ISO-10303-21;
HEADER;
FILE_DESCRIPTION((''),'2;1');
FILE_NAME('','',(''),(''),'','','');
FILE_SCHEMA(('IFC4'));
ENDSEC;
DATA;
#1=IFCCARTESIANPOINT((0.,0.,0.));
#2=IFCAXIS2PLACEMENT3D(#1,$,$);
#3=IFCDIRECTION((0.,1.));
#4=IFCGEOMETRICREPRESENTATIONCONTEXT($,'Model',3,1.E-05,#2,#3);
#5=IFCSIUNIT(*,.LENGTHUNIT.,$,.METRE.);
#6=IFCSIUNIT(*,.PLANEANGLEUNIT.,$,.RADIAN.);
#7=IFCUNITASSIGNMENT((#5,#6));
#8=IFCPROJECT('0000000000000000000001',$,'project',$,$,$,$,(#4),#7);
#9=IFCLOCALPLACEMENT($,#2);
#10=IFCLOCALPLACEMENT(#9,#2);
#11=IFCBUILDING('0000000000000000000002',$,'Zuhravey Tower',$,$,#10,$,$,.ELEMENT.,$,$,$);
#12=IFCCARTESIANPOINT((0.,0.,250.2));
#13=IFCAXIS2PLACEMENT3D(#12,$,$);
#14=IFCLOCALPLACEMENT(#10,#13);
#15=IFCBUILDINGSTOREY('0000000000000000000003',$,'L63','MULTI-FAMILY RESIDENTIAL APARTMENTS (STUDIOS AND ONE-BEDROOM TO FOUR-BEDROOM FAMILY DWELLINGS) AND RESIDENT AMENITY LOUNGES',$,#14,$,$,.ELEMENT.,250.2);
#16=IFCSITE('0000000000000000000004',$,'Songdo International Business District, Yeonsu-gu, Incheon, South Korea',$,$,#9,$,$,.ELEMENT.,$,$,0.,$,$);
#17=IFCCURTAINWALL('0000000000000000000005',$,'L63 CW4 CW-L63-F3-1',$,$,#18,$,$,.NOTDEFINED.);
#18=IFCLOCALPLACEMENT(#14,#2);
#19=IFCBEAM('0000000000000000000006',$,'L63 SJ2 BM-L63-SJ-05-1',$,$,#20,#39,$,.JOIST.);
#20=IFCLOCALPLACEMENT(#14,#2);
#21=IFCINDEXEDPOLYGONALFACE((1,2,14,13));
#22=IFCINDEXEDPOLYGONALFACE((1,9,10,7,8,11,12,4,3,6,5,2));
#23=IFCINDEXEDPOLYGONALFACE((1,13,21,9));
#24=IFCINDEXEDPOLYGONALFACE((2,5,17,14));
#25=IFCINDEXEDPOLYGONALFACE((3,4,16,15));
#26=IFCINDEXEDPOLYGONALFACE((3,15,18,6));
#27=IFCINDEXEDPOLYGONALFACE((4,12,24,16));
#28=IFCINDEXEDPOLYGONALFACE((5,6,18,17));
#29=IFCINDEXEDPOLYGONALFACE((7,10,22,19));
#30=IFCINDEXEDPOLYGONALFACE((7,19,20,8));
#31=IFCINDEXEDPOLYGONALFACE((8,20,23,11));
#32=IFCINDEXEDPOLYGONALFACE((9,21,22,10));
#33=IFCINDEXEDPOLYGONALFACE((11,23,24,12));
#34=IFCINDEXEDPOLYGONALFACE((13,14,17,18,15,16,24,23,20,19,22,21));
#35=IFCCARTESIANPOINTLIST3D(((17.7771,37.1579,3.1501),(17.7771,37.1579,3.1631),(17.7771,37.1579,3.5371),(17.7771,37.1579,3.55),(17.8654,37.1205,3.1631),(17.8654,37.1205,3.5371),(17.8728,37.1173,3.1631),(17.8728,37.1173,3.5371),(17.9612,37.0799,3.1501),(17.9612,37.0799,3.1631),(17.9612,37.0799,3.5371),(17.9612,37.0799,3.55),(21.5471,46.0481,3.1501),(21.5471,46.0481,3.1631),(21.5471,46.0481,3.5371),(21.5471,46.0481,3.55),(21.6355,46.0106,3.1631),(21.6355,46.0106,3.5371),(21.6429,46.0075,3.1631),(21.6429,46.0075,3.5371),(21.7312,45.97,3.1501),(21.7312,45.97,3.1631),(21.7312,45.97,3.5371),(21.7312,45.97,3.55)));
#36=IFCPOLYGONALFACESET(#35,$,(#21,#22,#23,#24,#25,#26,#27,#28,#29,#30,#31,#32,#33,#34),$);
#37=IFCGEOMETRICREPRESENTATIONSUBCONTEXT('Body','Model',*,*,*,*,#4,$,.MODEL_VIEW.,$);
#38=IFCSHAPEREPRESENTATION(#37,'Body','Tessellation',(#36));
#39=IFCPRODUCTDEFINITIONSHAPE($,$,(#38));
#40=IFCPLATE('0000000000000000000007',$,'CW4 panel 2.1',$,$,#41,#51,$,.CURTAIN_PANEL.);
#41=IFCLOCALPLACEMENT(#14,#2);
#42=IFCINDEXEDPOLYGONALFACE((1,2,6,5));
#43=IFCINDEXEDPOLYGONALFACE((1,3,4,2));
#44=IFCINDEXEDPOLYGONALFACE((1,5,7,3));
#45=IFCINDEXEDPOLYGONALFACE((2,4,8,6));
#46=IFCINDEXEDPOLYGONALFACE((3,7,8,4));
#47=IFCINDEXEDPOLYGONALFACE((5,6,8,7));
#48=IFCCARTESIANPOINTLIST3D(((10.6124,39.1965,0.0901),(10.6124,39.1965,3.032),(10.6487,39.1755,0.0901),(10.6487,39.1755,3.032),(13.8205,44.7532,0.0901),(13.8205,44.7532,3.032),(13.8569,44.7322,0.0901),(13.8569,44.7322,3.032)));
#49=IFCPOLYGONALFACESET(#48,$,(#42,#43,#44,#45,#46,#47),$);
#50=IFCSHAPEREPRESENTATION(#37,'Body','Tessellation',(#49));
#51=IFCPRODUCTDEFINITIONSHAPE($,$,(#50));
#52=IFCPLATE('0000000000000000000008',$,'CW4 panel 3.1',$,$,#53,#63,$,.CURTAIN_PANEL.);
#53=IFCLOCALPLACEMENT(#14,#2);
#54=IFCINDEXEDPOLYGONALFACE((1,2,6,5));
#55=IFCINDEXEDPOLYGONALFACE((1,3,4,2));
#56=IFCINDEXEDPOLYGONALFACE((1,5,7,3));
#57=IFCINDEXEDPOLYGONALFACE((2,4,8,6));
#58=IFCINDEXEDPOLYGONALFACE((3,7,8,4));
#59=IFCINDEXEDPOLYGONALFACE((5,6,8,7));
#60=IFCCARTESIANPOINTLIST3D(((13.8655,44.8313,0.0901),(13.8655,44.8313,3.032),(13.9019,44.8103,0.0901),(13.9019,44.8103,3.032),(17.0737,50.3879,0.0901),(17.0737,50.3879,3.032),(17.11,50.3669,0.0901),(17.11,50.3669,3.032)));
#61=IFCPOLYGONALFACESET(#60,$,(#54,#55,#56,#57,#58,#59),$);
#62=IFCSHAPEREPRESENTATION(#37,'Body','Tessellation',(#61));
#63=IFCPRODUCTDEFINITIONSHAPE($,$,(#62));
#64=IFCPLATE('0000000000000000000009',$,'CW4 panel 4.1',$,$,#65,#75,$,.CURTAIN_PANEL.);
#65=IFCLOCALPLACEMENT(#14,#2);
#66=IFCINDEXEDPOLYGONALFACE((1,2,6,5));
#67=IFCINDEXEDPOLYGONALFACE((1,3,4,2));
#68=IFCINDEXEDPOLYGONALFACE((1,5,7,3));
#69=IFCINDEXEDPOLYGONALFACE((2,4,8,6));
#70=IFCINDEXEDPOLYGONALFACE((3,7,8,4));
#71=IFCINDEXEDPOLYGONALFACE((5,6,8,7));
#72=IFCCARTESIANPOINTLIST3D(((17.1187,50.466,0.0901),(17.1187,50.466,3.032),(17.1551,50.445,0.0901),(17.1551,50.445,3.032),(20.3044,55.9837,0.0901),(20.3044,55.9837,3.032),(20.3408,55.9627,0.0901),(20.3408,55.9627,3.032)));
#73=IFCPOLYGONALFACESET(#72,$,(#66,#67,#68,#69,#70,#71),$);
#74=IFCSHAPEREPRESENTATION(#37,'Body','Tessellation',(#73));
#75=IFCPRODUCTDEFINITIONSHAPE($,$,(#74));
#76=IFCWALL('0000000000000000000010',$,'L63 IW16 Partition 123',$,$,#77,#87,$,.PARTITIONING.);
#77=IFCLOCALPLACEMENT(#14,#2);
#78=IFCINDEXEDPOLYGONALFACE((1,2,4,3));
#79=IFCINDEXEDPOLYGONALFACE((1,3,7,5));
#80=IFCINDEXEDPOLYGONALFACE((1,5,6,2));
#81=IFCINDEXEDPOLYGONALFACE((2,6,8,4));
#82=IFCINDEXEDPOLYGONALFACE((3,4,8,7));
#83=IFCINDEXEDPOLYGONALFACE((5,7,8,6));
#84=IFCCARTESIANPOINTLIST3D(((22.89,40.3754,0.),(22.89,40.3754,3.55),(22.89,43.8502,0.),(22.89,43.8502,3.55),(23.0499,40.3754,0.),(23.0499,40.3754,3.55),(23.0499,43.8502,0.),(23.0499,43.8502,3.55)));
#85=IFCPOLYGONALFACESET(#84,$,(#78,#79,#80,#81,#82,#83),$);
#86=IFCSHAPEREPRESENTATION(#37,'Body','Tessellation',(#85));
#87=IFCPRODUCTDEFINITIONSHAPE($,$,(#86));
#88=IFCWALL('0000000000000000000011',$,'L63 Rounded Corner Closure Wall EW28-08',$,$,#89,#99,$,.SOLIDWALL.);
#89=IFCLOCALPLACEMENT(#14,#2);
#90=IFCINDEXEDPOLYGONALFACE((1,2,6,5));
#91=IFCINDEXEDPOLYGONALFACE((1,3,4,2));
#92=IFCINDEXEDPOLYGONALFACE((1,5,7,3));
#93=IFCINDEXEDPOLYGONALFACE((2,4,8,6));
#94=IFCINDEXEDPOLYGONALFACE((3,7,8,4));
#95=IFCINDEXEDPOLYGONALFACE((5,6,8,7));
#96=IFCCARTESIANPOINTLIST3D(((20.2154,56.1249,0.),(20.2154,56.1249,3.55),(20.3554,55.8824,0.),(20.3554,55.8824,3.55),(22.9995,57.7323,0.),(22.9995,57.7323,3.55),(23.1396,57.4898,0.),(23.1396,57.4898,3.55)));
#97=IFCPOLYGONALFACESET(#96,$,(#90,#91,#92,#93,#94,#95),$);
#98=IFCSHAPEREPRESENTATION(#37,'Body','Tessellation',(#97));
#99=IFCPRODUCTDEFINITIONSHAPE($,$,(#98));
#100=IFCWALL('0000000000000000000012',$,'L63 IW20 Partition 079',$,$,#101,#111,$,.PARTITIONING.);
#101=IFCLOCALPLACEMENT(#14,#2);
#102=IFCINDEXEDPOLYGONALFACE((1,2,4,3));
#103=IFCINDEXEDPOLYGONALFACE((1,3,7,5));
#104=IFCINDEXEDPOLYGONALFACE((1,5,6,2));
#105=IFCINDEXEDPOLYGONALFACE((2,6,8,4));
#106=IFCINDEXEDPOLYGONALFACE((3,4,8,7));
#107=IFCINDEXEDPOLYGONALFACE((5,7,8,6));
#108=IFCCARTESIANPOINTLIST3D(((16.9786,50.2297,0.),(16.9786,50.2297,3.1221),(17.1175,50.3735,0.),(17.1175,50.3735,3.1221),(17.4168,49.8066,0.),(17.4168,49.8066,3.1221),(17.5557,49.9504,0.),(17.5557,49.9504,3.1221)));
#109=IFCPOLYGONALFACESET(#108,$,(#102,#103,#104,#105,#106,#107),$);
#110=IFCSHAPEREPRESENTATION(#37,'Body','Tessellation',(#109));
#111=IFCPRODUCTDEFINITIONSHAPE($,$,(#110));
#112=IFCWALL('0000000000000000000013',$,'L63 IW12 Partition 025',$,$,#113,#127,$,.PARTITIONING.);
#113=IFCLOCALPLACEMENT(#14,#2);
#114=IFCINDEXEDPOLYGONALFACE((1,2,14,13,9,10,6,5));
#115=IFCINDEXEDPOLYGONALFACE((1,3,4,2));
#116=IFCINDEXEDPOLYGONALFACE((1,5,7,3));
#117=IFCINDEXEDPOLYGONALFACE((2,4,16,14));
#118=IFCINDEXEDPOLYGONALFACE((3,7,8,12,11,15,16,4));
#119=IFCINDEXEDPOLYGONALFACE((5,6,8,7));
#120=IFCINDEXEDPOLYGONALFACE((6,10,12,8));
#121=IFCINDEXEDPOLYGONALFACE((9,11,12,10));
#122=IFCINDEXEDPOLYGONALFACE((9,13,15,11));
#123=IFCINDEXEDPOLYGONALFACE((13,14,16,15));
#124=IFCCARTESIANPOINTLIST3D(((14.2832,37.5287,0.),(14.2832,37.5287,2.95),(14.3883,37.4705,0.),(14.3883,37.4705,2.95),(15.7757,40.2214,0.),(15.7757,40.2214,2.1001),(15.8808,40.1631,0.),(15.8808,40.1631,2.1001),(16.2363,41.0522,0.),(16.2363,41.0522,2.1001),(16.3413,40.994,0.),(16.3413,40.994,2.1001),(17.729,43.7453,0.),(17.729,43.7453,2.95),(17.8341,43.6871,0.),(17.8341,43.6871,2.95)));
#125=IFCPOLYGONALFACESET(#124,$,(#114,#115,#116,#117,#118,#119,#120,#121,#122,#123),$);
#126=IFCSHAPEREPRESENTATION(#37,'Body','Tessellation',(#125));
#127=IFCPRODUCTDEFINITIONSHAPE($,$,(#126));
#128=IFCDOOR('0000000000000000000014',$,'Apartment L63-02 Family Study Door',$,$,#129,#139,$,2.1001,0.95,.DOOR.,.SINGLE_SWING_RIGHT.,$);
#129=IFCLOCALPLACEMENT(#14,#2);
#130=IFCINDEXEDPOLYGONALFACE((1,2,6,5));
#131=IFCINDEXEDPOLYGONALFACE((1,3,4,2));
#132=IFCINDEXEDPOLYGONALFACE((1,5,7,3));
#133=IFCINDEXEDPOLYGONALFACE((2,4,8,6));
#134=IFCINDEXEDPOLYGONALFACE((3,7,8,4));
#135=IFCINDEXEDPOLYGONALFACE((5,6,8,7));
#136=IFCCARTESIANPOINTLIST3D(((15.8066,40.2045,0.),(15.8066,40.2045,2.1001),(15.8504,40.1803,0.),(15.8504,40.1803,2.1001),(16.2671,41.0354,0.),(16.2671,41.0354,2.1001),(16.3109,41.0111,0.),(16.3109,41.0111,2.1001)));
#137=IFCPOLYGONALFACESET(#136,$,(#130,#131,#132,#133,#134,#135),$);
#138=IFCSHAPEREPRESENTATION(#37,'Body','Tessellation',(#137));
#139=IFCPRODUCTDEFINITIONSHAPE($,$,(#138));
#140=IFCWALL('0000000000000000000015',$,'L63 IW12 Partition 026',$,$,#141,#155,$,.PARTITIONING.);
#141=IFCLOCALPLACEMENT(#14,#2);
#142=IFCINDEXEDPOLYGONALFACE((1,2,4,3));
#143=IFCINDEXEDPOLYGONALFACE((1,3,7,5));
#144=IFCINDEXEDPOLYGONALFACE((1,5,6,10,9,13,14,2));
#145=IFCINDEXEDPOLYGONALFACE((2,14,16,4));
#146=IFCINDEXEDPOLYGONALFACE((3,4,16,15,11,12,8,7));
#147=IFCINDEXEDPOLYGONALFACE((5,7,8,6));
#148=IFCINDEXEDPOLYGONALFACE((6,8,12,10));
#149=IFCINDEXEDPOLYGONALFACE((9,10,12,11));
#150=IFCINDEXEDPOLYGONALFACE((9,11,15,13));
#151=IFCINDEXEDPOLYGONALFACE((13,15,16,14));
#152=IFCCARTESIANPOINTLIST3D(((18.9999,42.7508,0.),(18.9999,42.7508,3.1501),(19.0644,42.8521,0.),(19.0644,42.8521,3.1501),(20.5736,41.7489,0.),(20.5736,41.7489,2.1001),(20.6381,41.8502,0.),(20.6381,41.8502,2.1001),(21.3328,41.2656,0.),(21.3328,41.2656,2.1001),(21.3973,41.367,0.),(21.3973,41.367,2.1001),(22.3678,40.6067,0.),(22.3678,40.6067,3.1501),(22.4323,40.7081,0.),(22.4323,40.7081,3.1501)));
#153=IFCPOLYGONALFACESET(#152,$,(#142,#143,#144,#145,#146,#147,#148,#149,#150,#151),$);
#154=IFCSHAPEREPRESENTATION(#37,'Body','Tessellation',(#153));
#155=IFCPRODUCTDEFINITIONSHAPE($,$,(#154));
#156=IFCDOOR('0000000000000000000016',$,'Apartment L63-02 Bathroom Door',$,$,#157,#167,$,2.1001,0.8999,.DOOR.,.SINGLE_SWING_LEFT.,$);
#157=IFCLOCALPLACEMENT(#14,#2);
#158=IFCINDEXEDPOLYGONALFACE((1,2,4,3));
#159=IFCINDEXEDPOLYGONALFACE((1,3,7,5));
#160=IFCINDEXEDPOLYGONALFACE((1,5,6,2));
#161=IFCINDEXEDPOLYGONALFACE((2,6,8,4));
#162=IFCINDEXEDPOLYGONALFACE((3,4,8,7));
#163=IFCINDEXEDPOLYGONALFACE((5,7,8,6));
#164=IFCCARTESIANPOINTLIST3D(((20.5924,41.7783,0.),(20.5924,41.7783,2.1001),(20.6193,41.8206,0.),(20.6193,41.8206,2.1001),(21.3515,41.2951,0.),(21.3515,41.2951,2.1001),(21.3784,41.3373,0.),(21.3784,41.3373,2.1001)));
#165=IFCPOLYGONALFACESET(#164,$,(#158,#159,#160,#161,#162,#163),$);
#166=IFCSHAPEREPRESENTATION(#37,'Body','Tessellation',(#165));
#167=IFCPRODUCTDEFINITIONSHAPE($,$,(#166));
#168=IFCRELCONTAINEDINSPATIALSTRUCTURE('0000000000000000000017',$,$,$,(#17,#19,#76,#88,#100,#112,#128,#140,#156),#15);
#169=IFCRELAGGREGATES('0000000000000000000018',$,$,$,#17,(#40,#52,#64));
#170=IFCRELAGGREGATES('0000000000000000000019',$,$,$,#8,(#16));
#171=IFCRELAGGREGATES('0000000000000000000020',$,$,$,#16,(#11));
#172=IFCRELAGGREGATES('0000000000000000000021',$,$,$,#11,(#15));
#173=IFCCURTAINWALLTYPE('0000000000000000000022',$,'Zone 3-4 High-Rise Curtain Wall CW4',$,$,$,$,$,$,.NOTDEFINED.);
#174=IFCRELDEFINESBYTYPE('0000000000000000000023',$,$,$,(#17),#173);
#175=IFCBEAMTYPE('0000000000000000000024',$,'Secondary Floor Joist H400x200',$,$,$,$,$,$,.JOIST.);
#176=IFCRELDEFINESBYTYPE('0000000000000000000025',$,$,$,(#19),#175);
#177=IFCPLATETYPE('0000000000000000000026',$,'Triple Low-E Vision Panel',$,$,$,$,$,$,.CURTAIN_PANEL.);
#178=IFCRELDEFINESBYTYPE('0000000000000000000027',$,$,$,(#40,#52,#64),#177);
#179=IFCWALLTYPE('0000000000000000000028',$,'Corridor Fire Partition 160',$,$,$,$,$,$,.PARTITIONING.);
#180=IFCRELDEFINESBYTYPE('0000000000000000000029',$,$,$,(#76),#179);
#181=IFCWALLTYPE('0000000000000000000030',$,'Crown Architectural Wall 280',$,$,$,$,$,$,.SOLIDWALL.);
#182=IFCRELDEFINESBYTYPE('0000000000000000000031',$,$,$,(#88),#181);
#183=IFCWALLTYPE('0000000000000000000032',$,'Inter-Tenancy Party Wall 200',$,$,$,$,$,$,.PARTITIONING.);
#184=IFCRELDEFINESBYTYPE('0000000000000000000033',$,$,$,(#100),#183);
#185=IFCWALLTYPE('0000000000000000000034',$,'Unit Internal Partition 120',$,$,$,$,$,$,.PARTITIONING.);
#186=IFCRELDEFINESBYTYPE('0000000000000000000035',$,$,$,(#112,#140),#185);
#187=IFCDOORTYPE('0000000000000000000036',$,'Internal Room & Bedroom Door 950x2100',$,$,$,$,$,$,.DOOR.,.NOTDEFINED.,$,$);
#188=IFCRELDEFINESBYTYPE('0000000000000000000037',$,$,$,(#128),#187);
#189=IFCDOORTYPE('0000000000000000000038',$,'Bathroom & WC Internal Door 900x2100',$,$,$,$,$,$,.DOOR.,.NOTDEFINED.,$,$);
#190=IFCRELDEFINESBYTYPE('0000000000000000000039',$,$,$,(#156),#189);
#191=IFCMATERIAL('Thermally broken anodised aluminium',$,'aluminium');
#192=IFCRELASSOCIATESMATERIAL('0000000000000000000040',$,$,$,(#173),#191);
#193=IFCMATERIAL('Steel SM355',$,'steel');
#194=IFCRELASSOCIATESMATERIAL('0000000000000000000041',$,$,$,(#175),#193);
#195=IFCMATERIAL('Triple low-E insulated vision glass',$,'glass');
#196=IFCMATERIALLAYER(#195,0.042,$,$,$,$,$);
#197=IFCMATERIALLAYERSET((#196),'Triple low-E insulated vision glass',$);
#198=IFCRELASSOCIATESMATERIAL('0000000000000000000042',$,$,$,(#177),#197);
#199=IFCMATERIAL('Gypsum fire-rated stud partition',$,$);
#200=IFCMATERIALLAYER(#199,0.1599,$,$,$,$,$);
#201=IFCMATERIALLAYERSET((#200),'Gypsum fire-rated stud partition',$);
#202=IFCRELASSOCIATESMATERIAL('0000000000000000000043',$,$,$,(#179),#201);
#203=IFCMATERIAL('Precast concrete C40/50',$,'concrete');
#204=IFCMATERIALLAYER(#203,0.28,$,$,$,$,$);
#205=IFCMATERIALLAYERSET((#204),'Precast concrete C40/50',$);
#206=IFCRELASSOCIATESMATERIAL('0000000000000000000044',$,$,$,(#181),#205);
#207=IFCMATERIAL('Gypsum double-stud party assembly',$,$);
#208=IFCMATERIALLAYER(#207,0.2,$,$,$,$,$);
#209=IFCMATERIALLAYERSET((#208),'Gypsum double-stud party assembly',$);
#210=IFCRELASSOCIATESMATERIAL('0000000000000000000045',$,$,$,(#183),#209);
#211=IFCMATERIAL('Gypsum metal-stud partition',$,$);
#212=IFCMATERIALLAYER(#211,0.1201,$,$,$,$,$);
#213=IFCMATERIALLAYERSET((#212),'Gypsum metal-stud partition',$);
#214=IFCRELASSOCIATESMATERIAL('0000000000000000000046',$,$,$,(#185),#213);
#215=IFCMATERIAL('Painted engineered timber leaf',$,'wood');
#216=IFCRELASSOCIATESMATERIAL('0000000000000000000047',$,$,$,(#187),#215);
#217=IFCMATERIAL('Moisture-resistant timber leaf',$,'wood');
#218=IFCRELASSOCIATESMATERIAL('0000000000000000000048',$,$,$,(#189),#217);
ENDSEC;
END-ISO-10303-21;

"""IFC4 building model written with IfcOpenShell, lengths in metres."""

from ifc_helpers import new_model, si_unit, direction, frame, frame_2d, origin, origin_2d, place, context, subcontext, project, spatial, rectangle, i_section, extrude, material, layer, layer_set, material_profile, profile_set, type_object, element, fill, aggregate, save


model = new_model("IFC4")

# Units and contexts
model_context = context("Model", 3, precision=1e-05, world=origin(), true_north=direction((0.0, 1.0)))
body_context = subcontext(model_context, "Body", "Model", "MODEL_VIEW")
ifc_project = project(units=[si_unit("LENGTHUNIT", "METRE"), si_unit("PLANEANGLEUNIT", "RADIAN")], contexts=[model_context])

# Site, building, storey
site_placement = place(None, origin())
site = spatial("IfcSite", under=ifc_project, at=site_placement, Name="Songdo International Business District, Yeonsu-gu, Incheon, South Korea", CompositionType="ELEMENT", RefElevation=0.0)
building_placement = place(site_placement, origin())
building = spatial("IfcBuilding", under=site, at=building_placement, Name="Zuhravey Tower", CompositionType="ELEMENT")
storey_placement = place(building_placement, frame((0.0, 0.0, 250.2)))
storey = spatial("IfcBuildingStorey", under=building, at=storey_placement, Name="L63", Description="MULTI-FAMILY RESIDENTIAL APARTMENTS (STUDIOS AND ONE-BEDROOM TO FOUR-BEDROOM FAMILY DWELLINGS) AND RESIDENT AMENITY LOUNGES", CompositionType="ELEMENT", Elevation=250.2)

# Curtain wall
ifc_material_1 = material(Name="Thermally broken anodised aluminium", Category="aluminium")
curtain_wall_type = type_object("IfcCurtainWallType", Name="Zone 3-4 High-Rise Curtain Wall CW4", PredefinedType="NOTDEFINED", material=ifc_material_1)
curtain_wall_placement = place(storey_placement, origin())
curtain_wall = element("IfcCurtainWall", 1, at=curtain_wall_placement, inside=storey, type_object=curtain_wall_type, Name="L63 CW4 CW-L63-F3-1", PredefinedType="NOTDEFINED")

# Beam
ifc_material_2 = material(Name="Steel SM355", Category="steel")
ifc_material_profile_1 = material_profile(ifc_material_2, i_section(OverallWidth=0.2, OverallDepth=0.3999, WebThickness=0.0081, FlangeThickness=0.0129, at=origin_2d()), Name="H-400x200x8x13")
ifc_profile_set_1 = profile_set([ifc_material_profile_1], Name="Steel SM355")
beam_type_1 = type_object("IfcBeamType", Name="Secondary Floor Joist H400x200", PredefinedType="JOIST", material=ifc_profile_set_1)
beam_1_placement = place(storey_placement, frame((21.6392, 46.009, 3.3501), z_axis=(-0.390413, -0.92064, 0.0), x_axis=(0.92064, -0.390413, 0.0)))
element("IfcBeam", 2, at=beam_1_placement, inside=storey, type_object=beam_type_1, Name="L63 SJ2 BM-L63-SJ-05-1", PredefinedType="JOIST", context=body_context, shape_type="SweptSolid", body=[
    extrude(i_section(OverallWidth=0.2, OverallDepth=0.3999, WebThickness=0.0081, FlangeThickness=0.0129, at=origin_2d()), origin(), (0.0, 0.0, 1.0), 9.6565),
])

# Plates
ifc_material_3 = material(Name="Triple low-E insulated vision glass", Category="glass")
ifc_layer_1 = layer(ifc_material_3, 0.042)
ifc_layer_set_1 = layer_set([ifc_layer_1], Name="Triple low-E insulated vision glass")
plate_type = type_object("IfcPlateType", Name="Triple Low-E Vision Panel", PredefinedType="CURTAIN_PANEL", material=ifc_layer_set_1)
plate_1_placement = place(storey_placement, frame((12.2346, 41.9644, 0.0901), z_axis=(0.0, 0.0, 1.0), x_axis=(0.500001, 0.866025, 0.0)))
plate_1 = element("IfcPlate", 3, at=plate_1_placement, type_object=plate_type, Name="CW4 panel 2.1", PredefinedType="CURTAIN_PANEL", context=body_context, shape_type="SweptSolid", body=[
    extrude(rectangle(XDim=6.4163, YDim=0.042, at=origin_2d()), origin(), (0.0, 0.0, 1.0), 2.9419),
])
plate_2_placement = place(storey_placement, frame((15.4878, 47.5991, 0.0901), z_axis=(0.0, 0.0, 1.0), x_axis=(0.500001, 0.866025, 0.0)))
plate_2 = element("IfcPlate", 4, at=plate_2_placement, type_object=plate_type, Name="CW4 panel 3.1", PredefinedType="CURTAIN_PANEL", context=body_context, shape_type="SweptSolid", body=[
    extrude(rectangle(XDim=6.4163, YDim=0.042, at=origin_2d()), origin(), (0.0, 0.0, 1.0), 2.9419),
])
plate_3_placement = place(storey_placement, frame((18.7297, 53.2144, 0.0901), z_axis=(0.0, 0.0, 1.0), x_axis=(0.500001, 0.866025, 0.0)))
plate_3 = element("IfcPlate", 5, at=plate_3_placement, type_object=plate_type, Name="CW4 panel 4.1", PredefinedType="CURTAIN_PANEL", context=body_context, shape_type="SweptSolid", body=[
    extrude(rectangle(XDim=6.3713, YDim=0.042, at=origin_2d()), origin(), (0.0, 0.0, 1.0), 2.9419),
])
aggregate(curtain_wall, [plate_1, plate_2, plate_3])

# Walls
ifc_material_4 = material(Name="Gypsum fire-rated stud partition")
ifc_layer_2 = layer(ifc_material_4, 0.1599)
ifc_layer_set_2 = layer_set([ifc_layer_2], Name="Gypsum fire-rated stud partition")
wall_type_1 = type_object("IfcWallType", Name="Corridor Fire Partition 160", PredefinedType="PARTITIONING", material=ifc_layer_set_2)
wall_1_placement = place(storey_placement, frame((22.97, 43.8501, 0.0), z_axis=(0.0, 0.0, 1.0), x_axis=(0.0, -1.0, 0.0)))
element("IfcWall", 6, at=wall_1_placement, inside=storey, type_object=wall_type_1, Name="L63 IW16 Partition 123", PredefinedType="PARTITIONING", context=body_context, shape_type="SweptSolid", body=[
    extrude(rectangle(XDim=3.4749, YDim=0.1599, at=frame_2d((1.7373, 0.0))), origin(), (0.0, 0.0, 1.0), 3.55),
])
ifc_material_5 = material(Name="Precast concrete C40/50", Category="concrete")
ifc_layer_3 = layer(ifc_material_5, 0.28)
ifc_layer_set_3 = layer_set([ifc_layer_3], Name="Precast concrete C40/50")
wall_type_2 = type_object("IfcWallType", Name="Crown Architectural Wall 280", PredefinedType="SOLIDWALL", material=ifc_layer_set_3)
wall_2_placement = place(storey_placement, frame((20.2854, 56.0037, 0.0), z_axis=(0.0, 0.0, 1.0), x_axis=(0.866029, 0.499994, 0.0)))
element("IfcWall", 7, at=wall_2_placement, inside=storey, type_object=wall_type_2, Name="L63 Rounded Corner Closure Wall EW28-08", PredefinedType="SOLIDWALL", context=body_context, shape_type="SweptSolid", body=[
    extrude(rectangle(XDim=3.2148, YDim=0.28, at=frame_2d((1.6074, 0.0))), origin(), (0.0, 0.0, 1.0), 3.55),
])
ifc_material_6 = material(Name="Gypsum double-stud party assembly")
ifc_layer_4 = layer(ifc_material_6, 0.2)
ifc_layer_set_4 = layer_set([ifc_layer_4], Name="Gypsum double-stud party assembly")
wall_type_3 = type_object("IfcWallType", Name="Inter-Tenancy Party Wall 200", PredefinedType="PARTITIONING", material=ifc_layer_set_4)
wall_3_placement = place(storey_placement, frame((17.4863, 49.8784, 0.0), z_axis=(0.0, 0.0, 1.0), x_axis=(-0.719422, 0.694573, 0.0)))
element("IfcWall", 8, at=wall_3_placement, inside=storey, type_object=wall_type_3, Name="L63 IW20 Partition 079", PredefinedType="PARTITIONING", context=body_context, shape_type="SweptSolid", body=[
    extrude(rectangle(XDim=0.6091, YDim=0.2, at=frame_2d((0.3047, 0.0))), origin(), (0.0, 0.0, 1.0), 3.1221),
])

# Walls, openings, doors
ifc_material_7 = material(Name="Gypsum metal-stud partition")
ifc_layer_5 = layer(ifc_material_7, 0.1201)
ifc_layer_set_5 = layer_set([ifc_layer_5], Name="Gypsum metal-stud partition")
wall_type_4 = type_object("IfcWallType", Name="Unit Internal Partition 120", PredefinedType="PARTITIONING", material=ifc_layer_set_5)
wall_4_placement = place(storey_placement, frame((17.7815, 43.7161, 0.0), z_axis=(0.0, 0.0, 1.0), x_axis=(-0.4848, -0.874625, 0.0)))
wall_4 = element("IfcWall", 9, at=wall_4_placement, inside=storey, type_object=wall_type_4, Name="L63 IW12 Partition 025", PredefinedType="PARTITIONING", context=body_context, shape_type="SweptSolid", body=[
    extrude(rectangle(XDim=7.1077, YDim=0.1201, at=frame_2d((3.5537, 0.0))), origin(), (0.0, 0.0, 1.0), 2.95),
])
opening_1_placement = place(wall_4_placement, frame((3.0789, 0.0, 0.0)))
opening_1 = element("IfcOpeningElement", 10, at=opening_1_placement, cuts=wall_4, PredefinedType="OPENING", context=body_context, shape_type="SweptSolid", body=[
    extrude(rectangle(XDim=0.95, YDim=2.1001, at=frame_2d((0.4751, 1.05))), frame((0.0, 0.072, 0.0), z_axis=(0.0, -1.0, 0.0), x_axis=(1.0, 0.0, 0.0)), (0.0, 0.0, 1.0), 0.144),
])
ifc_material_8 = material(Name="Painted engineered timber leaf", Category="wood")
door_type_1 = type_object("IfcDoorType", Name="Internal Room & Bedroom Door 950x2100", OperationType="NOTDEFINED", PredefinedType="DOOR", material=ifc_material_8)
door_1_placement = place(opening_1_placement, frame((0.95, 0.0, 0.0), z_axis=(0.0, 0.0, 1.0), x_axis=(-1.0, 0.0, 0.0)))
door_1 = element("IfcDoor", 11, at=door_1_placement, inside=storey, type_object=door_type_1, Name="Apartment L63-02 Family Study Door", OperationType="SINGLE_SWING_RIGHT", OverallHeight=2.1001, OverallWidth=0.95, PredefinedType="DOOR", context=body_context, shape_type="SweptSolid", body=[
    extrude(rectangle(XDim=0.95, YDim=2.1001, at=frame_2d((0.4751, 1.05))), frame((0.0, 0.0249, 0.0), z_axis=(0.0, -1.0, 0.0), x_axis=(1.0, 0.0, 0.0)), (0.0, 0.0, 1.0), 0.05),
])
fill(opening_1, door_1)
wall_5_placement = place(storey_placement, frame((22.3999, 40.6575, 0.0), z_axis=(0.0, 0.0, 1.0), x_axis=(-0.843568, 0.537022, 0.0)))
wall_5 = element("IfcWall", 12, at=wall_5_placement, inside=storey, type_object=wall_type_4, Name="L63 IW12 Partition 026", PredefinedType="PARTITIONING", context=body_context, shape_type="SweptSolid", body=[
    extrude(rectangle(XDim=3.9924, YDim=0.1201, at=frame_2d((1.9961, 0.0))), origin(), (0.0, 0.0, 1.0), 3.1501),
])
opening_2_placement = place(wall_5_placement, frame((1.2268, 0.0, 0.0)))
opening_2 = element("IfcOpeningElement", 13, at=opening_2_placement, cuts=wall_5, PredefinedType="OPENING", context=body_context, shape_type="SweptSolid", body=[
    extrude(rectangle(XDim=0.8999, YDim=2.1001, at=frame_2d((0.45, 1.05))), frame((0.0, 0.072, 0.0), z_axis=(0.0, -1.0, 0.0), x_axis=(1.0, 0.0, 0.0)), (0.0, 0.0, 1.0), 0.144),
])
ifc_material_9 = material(Name="Moisture-resistant timber leaf", Category="wood")
door_type_2 = type_object("IfcDoorType", Name="Bathroom & WC Internal Door 900x2100", OperationType="NOTDEFINED", PredefinedType="DOOR", material=ifc_material_9)
door_2_placement = place(opening_2_placement, frame((0.8999, 0.0, 0.0), z_axis=(0.0, 0.0, 1.0), x_axis=(-1.0, 0.0, 0.0)))
door_2 = element("IfcDoor", 14, at=door_2_placement, inside=storey, type_object=door_type_2, Name="Apartment L63-02 Bathroom Door", OperationType="SINGLE_SWING_LEFT", OverallHeight=2.1001, OverallWidth=0.8999, PredefinedType="DOOR", context=body_context, shape_type="SweptSolid", body=[
    extrude(rectangle(XDim=0.8999, YDim=2.1001, at=frame_2d((0.45, 1.05))), frame((0.0, 0.0249, 0.0), z_axis=(0.0, -1.0, 0.0), x_axis=(1.0, 0.0, 0.0)), (0.0, 0.0, 1.0), 0.05),
])
fill(opening_2, door_2)

save(model, "model.ifc")
